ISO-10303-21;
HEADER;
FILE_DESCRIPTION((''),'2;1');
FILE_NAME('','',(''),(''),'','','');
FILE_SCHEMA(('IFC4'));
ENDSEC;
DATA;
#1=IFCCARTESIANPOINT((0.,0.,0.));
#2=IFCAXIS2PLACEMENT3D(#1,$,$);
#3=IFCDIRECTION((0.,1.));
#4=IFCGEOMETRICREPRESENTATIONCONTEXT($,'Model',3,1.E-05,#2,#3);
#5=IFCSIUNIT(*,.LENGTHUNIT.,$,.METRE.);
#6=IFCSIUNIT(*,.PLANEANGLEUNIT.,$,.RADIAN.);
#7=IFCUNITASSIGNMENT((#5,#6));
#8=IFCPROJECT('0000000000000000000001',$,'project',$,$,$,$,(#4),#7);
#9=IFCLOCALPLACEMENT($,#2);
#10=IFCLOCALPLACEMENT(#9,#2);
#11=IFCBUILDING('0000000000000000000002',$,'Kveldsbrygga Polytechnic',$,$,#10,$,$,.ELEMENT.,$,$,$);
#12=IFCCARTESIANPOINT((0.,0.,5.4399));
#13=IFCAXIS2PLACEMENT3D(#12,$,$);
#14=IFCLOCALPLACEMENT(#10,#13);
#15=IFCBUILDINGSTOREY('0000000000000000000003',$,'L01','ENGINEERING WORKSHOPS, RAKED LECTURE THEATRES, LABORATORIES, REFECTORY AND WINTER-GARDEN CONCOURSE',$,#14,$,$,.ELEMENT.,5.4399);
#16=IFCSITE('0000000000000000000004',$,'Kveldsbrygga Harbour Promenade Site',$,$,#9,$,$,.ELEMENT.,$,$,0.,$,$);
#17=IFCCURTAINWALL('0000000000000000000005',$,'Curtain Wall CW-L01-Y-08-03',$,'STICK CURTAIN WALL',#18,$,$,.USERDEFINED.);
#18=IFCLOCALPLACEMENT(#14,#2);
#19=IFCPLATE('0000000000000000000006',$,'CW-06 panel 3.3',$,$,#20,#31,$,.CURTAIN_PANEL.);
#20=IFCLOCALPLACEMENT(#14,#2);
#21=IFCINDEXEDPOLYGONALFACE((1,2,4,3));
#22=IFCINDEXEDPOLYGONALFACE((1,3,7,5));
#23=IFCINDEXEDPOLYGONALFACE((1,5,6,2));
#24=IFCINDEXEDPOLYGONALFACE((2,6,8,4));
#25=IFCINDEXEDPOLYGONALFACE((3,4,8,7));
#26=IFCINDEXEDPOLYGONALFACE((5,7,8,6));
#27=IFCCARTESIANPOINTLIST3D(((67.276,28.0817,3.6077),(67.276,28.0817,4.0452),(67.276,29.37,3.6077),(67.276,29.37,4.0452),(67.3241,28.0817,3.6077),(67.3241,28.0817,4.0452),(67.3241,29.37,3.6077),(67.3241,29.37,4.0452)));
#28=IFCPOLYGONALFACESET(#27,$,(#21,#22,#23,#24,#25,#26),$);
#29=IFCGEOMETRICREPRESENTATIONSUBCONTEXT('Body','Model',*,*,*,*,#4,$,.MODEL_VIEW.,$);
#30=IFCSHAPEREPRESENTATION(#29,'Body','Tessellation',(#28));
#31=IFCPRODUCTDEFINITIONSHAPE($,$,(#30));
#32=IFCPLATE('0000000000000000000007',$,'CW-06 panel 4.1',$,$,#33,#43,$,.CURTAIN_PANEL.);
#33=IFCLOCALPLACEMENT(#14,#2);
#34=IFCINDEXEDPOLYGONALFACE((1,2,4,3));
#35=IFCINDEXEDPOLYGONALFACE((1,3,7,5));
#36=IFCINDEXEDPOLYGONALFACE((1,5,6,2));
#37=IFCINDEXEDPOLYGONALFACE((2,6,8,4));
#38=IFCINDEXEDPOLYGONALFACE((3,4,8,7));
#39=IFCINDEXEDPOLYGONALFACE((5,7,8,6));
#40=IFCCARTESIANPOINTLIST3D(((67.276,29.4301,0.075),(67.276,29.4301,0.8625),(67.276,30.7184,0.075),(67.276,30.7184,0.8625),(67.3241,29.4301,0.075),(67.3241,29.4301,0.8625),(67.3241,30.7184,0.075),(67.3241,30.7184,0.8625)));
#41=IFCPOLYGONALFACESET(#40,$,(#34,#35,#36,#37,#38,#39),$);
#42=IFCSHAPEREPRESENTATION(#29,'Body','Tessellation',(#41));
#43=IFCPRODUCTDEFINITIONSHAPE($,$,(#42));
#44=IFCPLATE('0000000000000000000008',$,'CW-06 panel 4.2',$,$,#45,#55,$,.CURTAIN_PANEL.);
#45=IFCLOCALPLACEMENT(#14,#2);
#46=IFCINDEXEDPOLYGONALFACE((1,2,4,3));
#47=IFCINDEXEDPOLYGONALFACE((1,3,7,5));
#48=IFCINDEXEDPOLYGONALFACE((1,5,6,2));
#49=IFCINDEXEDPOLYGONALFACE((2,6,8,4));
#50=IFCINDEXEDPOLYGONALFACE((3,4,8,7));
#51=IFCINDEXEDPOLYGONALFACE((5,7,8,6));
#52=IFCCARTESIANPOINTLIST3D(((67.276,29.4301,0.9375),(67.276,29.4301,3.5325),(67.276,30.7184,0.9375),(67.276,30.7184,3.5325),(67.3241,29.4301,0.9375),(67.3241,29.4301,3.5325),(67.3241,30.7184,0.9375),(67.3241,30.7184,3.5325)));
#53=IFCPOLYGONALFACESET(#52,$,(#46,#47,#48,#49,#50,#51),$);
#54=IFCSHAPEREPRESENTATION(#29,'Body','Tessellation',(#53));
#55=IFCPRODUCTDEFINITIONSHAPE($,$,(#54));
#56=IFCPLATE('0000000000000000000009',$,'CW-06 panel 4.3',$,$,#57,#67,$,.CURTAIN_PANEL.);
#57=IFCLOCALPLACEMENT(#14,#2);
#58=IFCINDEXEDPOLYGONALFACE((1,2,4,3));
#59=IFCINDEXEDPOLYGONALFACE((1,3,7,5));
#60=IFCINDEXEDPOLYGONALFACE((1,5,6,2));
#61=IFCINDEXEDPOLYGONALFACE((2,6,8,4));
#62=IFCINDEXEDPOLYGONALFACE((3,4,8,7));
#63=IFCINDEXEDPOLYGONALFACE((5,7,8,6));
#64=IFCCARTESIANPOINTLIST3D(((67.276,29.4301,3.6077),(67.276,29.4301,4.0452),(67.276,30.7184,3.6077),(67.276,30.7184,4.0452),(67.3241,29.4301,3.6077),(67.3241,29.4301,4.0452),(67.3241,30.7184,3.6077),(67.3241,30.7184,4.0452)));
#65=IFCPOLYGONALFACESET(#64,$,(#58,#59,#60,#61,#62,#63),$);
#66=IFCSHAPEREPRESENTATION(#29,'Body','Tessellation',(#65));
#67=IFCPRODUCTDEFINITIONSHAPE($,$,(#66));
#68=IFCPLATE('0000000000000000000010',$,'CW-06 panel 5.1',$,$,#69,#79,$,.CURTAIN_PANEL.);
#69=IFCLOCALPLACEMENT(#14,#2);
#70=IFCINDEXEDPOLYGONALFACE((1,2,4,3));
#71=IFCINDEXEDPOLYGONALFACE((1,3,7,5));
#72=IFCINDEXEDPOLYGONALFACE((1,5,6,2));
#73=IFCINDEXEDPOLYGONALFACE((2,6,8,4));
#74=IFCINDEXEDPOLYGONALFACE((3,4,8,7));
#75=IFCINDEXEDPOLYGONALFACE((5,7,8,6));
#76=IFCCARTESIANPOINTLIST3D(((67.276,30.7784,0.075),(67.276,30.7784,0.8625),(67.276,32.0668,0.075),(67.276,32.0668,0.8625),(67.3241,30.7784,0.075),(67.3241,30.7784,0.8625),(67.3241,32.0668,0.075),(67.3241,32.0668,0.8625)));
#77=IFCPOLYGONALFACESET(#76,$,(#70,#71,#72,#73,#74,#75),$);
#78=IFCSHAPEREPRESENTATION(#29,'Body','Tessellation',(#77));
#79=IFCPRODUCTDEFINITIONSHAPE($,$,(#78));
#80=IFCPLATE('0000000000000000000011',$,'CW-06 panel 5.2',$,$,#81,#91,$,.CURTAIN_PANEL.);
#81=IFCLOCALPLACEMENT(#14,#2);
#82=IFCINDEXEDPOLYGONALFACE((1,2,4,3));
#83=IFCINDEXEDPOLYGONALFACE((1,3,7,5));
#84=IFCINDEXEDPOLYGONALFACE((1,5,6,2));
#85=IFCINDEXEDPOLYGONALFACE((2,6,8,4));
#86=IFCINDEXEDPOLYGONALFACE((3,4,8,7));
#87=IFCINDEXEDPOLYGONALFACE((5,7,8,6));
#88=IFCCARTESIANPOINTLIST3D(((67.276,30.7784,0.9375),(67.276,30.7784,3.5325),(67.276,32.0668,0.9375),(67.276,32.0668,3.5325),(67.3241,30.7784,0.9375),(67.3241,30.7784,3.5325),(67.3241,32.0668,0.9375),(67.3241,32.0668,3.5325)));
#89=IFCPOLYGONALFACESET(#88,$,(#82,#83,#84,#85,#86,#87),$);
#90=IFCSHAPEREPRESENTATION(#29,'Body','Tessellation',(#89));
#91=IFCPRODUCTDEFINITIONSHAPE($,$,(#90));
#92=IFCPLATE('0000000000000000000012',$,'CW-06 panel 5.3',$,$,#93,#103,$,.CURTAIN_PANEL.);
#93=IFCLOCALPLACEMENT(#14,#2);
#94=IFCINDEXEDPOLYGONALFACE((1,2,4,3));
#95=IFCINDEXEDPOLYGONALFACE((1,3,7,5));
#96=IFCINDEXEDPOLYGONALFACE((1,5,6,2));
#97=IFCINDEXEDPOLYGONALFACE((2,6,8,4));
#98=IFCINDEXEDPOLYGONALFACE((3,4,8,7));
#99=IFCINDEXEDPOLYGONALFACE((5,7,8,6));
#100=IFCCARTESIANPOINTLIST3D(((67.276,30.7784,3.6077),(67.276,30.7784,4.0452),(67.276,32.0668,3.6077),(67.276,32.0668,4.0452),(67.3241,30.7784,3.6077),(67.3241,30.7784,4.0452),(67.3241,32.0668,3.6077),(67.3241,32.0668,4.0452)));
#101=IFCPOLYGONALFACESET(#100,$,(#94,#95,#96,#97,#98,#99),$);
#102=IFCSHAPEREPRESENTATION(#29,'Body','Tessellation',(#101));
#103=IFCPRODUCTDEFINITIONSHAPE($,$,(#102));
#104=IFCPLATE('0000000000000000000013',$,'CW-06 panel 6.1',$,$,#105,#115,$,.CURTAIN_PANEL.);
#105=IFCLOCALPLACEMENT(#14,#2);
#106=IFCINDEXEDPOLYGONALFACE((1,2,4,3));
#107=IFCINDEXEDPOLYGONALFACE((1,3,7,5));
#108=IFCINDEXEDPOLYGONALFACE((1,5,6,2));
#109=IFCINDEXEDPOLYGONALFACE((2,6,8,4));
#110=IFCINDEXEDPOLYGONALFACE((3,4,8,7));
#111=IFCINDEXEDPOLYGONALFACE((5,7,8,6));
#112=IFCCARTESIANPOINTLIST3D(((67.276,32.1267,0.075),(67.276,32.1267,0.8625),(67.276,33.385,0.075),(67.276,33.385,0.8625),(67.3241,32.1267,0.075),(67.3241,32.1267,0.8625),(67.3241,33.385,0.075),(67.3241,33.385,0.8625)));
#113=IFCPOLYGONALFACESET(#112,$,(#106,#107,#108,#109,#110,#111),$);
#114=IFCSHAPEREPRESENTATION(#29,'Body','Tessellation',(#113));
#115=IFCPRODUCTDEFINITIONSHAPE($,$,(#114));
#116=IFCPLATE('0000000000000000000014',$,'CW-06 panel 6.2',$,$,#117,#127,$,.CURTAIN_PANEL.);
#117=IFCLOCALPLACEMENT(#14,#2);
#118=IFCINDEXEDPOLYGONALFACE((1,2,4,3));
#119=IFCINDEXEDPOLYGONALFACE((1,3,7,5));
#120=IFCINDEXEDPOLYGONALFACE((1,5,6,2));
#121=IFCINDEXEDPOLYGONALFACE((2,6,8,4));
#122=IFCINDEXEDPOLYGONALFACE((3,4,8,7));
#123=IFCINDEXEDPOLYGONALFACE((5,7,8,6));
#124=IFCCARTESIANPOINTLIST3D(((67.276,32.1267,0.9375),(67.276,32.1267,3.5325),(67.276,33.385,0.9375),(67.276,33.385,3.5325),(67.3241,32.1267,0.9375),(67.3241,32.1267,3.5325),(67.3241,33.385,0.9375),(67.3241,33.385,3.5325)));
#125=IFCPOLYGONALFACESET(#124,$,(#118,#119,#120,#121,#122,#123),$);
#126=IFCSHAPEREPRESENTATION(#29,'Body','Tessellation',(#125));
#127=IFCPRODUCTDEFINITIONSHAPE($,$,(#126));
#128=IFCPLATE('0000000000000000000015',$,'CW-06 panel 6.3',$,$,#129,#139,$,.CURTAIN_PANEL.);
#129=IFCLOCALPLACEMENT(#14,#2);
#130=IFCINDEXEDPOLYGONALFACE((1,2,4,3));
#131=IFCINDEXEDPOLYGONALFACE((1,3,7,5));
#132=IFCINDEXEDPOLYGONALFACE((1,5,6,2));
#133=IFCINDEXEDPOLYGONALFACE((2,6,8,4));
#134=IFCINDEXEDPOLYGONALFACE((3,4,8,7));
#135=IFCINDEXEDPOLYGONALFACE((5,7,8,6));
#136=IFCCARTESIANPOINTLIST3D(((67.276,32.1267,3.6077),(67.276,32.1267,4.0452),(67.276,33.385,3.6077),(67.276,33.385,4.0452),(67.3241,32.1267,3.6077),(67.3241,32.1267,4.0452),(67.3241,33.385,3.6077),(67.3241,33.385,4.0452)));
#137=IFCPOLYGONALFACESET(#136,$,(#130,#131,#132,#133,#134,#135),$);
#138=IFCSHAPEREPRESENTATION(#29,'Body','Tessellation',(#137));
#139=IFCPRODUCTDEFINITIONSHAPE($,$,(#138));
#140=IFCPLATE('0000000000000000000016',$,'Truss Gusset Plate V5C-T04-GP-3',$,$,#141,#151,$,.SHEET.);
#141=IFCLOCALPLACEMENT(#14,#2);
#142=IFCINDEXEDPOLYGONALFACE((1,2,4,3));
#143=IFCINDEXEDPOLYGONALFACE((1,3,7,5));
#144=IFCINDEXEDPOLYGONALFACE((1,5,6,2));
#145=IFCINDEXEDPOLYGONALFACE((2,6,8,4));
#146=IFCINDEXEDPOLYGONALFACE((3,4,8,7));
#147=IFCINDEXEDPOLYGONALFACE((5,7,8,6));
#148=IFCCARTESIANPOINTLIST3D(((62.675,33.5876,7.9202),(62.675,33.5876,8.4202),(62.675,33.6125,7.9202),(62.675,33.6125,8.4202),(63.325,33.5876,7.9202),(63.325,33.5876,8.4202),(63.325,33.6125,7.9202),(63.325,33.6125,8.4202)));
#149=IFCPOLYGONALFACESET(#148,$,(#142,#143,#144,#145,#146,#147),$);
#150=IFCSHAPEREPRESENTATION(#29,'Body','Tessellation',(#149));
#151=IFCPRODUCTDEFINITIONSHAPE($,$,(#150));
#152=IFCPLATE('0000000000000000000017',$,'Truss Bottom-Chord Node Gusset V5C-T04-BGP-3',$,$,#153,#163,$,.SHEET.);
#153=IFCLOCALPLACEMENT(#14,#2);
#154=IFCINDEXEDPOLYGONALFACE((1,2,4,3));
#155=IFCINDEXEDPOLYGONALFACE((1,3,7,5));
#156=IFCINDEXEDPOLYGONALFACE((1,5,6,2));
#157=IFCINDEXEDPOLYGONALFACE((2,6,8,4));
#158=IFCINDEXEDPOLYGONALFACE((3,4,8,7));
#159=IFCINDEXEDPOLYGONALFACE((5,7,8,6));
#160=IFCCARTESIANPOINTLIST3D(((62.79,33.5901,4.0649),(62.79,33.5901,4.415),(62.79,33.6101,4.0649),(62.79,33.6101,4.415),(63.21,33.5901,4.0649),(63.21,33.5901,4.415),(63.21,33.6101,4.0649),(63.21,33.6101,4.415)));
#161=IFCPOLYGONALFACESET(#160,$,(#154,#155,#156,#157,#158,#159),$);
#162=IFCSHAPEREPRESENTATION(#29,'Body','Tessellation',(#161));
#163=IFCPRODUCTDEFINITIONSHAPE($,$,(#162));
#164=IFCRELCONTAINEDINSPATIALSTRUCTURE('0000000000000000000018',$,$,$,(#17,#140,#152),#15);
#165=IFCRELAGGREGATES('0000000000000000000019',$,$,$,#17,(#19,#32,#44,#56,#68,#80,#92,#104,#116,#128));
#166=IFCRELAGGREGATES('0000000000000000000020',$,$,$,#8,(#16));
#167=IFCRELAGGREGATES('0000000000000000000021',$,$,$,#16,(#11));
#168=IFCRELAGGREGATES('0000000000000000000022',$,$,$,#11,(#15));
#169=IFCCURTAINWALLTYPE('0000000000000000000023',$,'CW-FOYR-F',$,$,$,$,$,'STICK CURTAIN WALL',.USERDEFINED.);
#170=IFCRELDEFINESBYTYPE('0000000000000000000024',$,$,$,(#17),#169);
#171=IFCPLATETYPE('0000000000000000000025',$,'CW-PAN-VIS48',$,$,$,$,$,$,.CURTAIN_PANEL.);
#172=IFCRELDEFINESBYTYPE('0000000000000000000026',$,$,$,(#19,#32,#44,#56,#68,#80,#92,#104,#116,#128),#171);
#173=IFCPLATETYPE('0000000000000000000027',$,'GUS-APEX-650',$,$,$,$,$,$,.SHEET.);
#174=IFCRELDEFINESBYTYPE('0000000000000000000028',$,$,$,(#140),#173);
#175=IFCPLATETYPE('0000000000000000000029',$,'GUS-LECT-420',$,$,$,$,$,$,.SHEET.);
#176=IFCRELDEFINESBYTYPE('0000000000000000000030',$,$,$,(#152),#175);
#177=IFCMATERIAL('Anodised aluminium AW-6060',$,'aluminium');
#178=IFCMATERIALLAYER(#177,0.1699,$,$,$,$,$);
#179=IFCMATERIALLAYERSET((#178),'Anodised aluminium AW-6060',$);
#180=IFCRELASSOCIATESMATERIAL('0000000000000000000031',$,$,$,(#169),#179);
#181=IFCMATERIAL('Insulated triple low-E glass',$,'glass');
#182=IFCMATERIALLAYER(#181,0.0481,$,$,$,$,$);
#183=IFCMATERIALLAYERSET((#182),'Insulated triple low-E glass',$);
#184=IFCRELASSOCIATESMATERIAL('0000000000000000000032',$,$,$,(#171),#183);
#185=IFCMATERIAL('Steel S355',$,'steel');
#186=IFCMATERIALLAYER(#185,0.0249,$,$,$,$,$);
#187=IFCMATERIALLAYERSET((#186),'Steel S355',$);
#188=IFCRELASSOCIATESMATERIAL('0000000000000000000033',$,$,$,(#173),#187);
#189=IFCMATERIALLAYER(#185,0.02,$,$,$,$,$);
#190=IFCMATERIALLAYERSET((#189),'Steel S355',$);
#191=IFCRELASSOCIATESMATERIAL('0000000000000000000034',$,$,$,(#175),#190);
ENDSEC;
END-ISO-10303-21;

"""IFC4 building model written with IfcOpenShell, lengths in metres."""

from ifc_helpers import new_model, si_unit, direction, frame, origin, origin_2d, place, context, subcontext, project, spatial, rectangle, extrude, material, layer, layer_set, type_object, element, aggregate, save


model = new_model("IFC4")

# Units and contexts
model_context = context("Model", 3, precision=1e-05, world=origin(), true_north=direction((0.0, 1.0)))
body_context = subcontext(model_context, "Body", "Model", "MODEL_VIEW")
ifc_project = project(units=[si_unit("LENGTHUNIT", "METRE"), si_unit("PLANEANGLEUNIT", "RADIAN")], contexts=[model_context])

# Site, building, storey
site_placement = place(None, origin())
site = spatial("IfcSite", under=ifc_project, at=site_placement, Name="Kveldsbrygga Harbour Promenade Site", CompositionType="ELEMENT", RefElevation=0.0)
building_placement = place(site_placement, origin())
building = spatial("IfcBuilding", under=site, at=building_placement, Name="Kveldsbrygga Polytechnic", CompositionType="ELEMENT")
storey_placement = place(building_placement, frame((0.0, 0.0, 5.4399)))
storey = spatial("IfcBuildingStorey", under=building, at=storey_placement, Name="L01", Description="ENGINEERING WORKSHOPS, RAKED LECTURE THEATRES, LABORATORIES, REFECTORY AND WINTER-GARDEN CONCOURSE", CompositionType="ELEMENT", Elevation=5.4399)

# Curtain wall
ifc_material_1 = material(Name="Anodised aluminium AW-6060", Category="aluminium")
ifc_layer_1 = layer(ifc_material_1, 0.1699)
ifc_layer_set_1 = layer_set([ifc_layer_1], Name="Anodised aluminium AW-6060")
curtain_wall_type = type_object("IfcCurtainWallType", Name="CW-FOYR-F", ElementType="STICK CURTAIN WALL", PredefinedType="USERDEFINED", material=ifc_layer_set_1)
curtain_wall_placement = place(storey_placement, origin())
curtain_wall = element("IfcCurtainWall", 1, at=curtain_wall_placement, inside=storey, type_object=curtain_wall_type, Name="Curtain Wall CW-L01-Y-08-03", ObjectType="STICK CURTAIN WALL", PredefinedType="USERDEFINED")

# Shared definitions
ifc_material_2 = material(Name="Steel S355", Category="steel")

# Plates
ifc_material_3 = material(Name="Insulated triple low-E glass", Category="glass")
ifc_layer_2 = layer(ifc_material_3, 0.0481)
ifc_layer_set_2 = layer_set([ifc_layer_2], Name="Insulated triple low-E glass")
plate_type_1 = type_object("IfcPlateType", Name="CW-PAN-VIS48", PredefinedType="CURTAIN_PANEL", material=ifc_layer_set_2)
plate_1_placement = place(storey_placement, frame((67.3, 28.7258, 3.6077), z_axis=(0.0, 0.0, 1.0), x_axis=(0.0, 1.0, 0.0)))
plate_1 = element("IfcPlate", 2, at=plate_1_placement, type_object=plate_type_1, Name="CW-06 panel 3.3", PredefinedType="CURTAIN_PANEL", context=body_context, shape_type="SweptSolid", body=[
    extrude(rectangle(XDim=1.2883, YDim=0.0481, at=origin_2d()), origin(), (0.0, 0.0, 1.0), 0.4375),
])
plate_2_placement = place(storey_placement, frame((67.3, 30.0742, 0.075), z_axis=(0.0, 0.0, 1.0), x_axis=(0.0, 1.0, 0.0)))
plate_2 = element("IfcPlate", 3, at=plate_2_placement, type_object=plate_type_1, Name="CW-06 panel 4.1", PredefinedType="CURTAIN_PANEL", context=body_context, shape_type="SweptSolid", body=[
    extrude(rectangle(XDim=1.2883, YDim=0.0481, at=origin_2d()), origin(), (0.0, 0.0, 1.0), 0.7876),
])
plate_3_placement = place(storey_placement, frame((67.3, 30.0742, 0.9375), z_axis=(0.0, 0.0, 1.0), x_axis=(0.0, 1.0, 0.0)))
plate_3 = element("IfcPlate", 4, at=plate_3_placement, type_object=plate_type_1, Name="CW-06 panel 4.2", PredefinedType="CURTAIN_PANEL", context=body_context, shape_type="SweptSolid", body=[
    extrude(rectangle(XDim=1.2883, YDim=0.0481, at=origin_2d()), origin(), (0.0, 0.0, 1.0), 2.595),
])
plate_4_placement = place(storey_placement, frame((67.3, 30.0742, 3.6077), z_axis=(0.0, 0.0, 1.0), x_axis=(0.0, 1.0, 0.0)))
plate_4 = element("IfcPlate", 5, at=plate_4_placement, type_object=plate_type_1, Name="CW-06 panel 4.3", PredefinedType="CURTAIN_PANEL", context=body_context, shape_type="SweptSolid", body=[
    extrude(rectangle(XDim=1.2883, YDim=0.0481, at=origin_2d()), origin(), (0.0, 0.0, 1.0), 0.4375),
])
plate_5_placement = place(storey_placement, frame((67.3, 31.4226, 0.075), z_axis=(0.0, 0.0, 1.0), x_axis=(0.0, 1.0, 0.0)))
plate_5 = element("IfcPlate", 6, at=plate_5_placement, type_object=plate_type_1, Name="CW-06 panel 5.1", PredefinedType="CURTAIN_PANEL", context=body_context, shape_type="SweptSolid", body=[
    extrude(rectangle(XDim=1.2883, YDim=0.0481, at=origin_2d()), origin(), (0.0, 0.0, 1.0), 0.7876),
])
plate_6_placement = place(storey_placement, frame((67.3, 31.4226, 0.9375), z_axis=(0.0, 0.0, 1.0), x_axis=(0.0, 1.0, 0.0)))
plate_6 = element("IfcPlate", 7, at=plate_6_placement, type_object=plate_type_1, Name="CW-06 panel 5.2", PredefinedType="CURTAIN_PANEL", context=body_context, shape_type="SweptSolid", body=[
    extrude(rectangle(XDim=1.2883, YDim=0.0481, at=origin_2d()), origin(), (0.0, 0.0, 1.0), 2.595),
])
plate_7_placement = place(storey_placement, frame((67.3, 31.4226, 3.6077), z_axis=(0.0, 0.0, 1.0), x_axis=(0.0, 1.0, 0.0)))
plate_7 = element("IfcPlate", 8, at=plate_7_placement, type_object=plate_type_1, Name="CW-06 panel 5.3", PredefinedType="CURTAIN_PANEL", context=body_context, shape_type="SweptSolid", body=[
    extrude(rectangle(XDim=1.2883, YDim=0.0481, at=origin_2d()), origin(), (0.0, 0.0, 1.0), 0.4375),
])
plate_8_placement = place(storey_placement, frame((67.3, 32.7559, 0.075), z_axis=(0.0, 0.0, 1.0), x_axis=(0.0, 1.0, 0.0)))
plate_8 = element("IfcPlate", 9, at=plate_8_placement, type_object=plate_type_1, Name="CW-06 panel 6.1", PredefinedType="CURTAIN_PANEL", context=body_context, shape_type="SweptSolid", body=[
    extrude(rectangle(XDim=1.2583, YDim=0.0481, at=origin_2d()), origin(), (0.0, 0.0, 1.0), 0.7876),
])
plate_9_placement = place(storey_placement, frame((67.3, 32.7559, 0.9375), z_axis=(0.0, 0.0, 1.0), x_axis=(0.0, 1.0, 0.0)))
plate_9 = element("IfcPlate", 10, at=plate_9_placement, type_object=plate_type_1, Name="CW-06 panel 6.2", PredefinedType="CURTAIN_PANEL", context=body_context, shape_type="SweptSolid", body=[
    extrude(rectangle(XDim=1.2583, YDim=0.0481, at=origin_2d()), origin(), (0.0, 0.0, 1.0), 2.595),
])
plate_10_placement = place(storey_placement, frame((67.3, 32.7559, 3.6077), z_axis=(0.0, 0.0, 1.0), x_axis=(0.0, 1.0, 0.0)))
plate_10 = element("IfcPlate", 11, at=plate_10_placement, type_object=plate_type_1, Name="CW-06 panel 6.3", PredefinedType="CURTAIN_PANEL", context=body_context, shape_type="SweptSolid", body=[
    extrude(rectangle(XDim=1.2583, YDim=0.0481, at=origin_2d()), origin(), (0.0, 0.0, 1.0), 0.4375),
])
aggregate(curtain_wall, [plate_1, plate_2, plate_3, plate_4, plate_5, plate_6, plate_7, plate_8, plate_9, plate_10])

# Plates
ifc_layer_3 = layer(ifc_material_2, 0.0249)
ifc_layer_set_3 = layer_set([ifc_layer_3], Name="Steel S355")
plate_type_2 = type_object("IfcPlateType", Name="GUS-APEX-650", PredefinedType="SHEET", material=ifc_layer_set_3)
plate_11_placement = place(storey_placement, frame((63.0, 33.6001, 7.9202), z_axis=(0.0, 0.0, 1.0), x_axis=(1.0, 0.0, 0.0)))
element("IfcPlate", 12, at=plate_11_placement, inside=storey, type_object=plate_type_2, Name="Truss Gusset Plate V5C-T04-GP-3", PredefinedType="SHEET", context=body_context, shape_type="SweptSolid", body=[
    extrude(rectangle(XDim=0.6499, YDim=0.0249, at=origin_2d()), origin(), (0.0, 0.0, 1.0), 0.5),
])
ifc_layer_4 = layer(ifc_material_2, 0.02)
ifc_layer_set_4 = layer_set([ifc_layer_4], Name="Steel S355")
plate_type_3 = type_object("IfcPlateType", Name="GUS-LECT-420", PredefinedType="SHEET", material=ifc_layer_set_4)
plate_12_placement = place(storey_placement, frame((63.0, 33.6001, 4.0649), z_axis=(0.0, 0.0, 1.0), x_axis=(1.0, 0.0, 0.0)))
element("IfcPlate", 13, at=plate_12_placement, inside=storey, type_object=plate_type_3, Name="Truss Bottom-Chord Node Gusset V5C-T04-BGP-3", PredefinedType="SHEET", context=body_context, shape_type="SweptSolid", body=[
    extrude(rectangle(XDim=0.4199, YDim=0.02, at=origin_2d()), origin(), (0.0, 0.0, 1.0), 0.3501),
])

save(model, "model.ifc")
